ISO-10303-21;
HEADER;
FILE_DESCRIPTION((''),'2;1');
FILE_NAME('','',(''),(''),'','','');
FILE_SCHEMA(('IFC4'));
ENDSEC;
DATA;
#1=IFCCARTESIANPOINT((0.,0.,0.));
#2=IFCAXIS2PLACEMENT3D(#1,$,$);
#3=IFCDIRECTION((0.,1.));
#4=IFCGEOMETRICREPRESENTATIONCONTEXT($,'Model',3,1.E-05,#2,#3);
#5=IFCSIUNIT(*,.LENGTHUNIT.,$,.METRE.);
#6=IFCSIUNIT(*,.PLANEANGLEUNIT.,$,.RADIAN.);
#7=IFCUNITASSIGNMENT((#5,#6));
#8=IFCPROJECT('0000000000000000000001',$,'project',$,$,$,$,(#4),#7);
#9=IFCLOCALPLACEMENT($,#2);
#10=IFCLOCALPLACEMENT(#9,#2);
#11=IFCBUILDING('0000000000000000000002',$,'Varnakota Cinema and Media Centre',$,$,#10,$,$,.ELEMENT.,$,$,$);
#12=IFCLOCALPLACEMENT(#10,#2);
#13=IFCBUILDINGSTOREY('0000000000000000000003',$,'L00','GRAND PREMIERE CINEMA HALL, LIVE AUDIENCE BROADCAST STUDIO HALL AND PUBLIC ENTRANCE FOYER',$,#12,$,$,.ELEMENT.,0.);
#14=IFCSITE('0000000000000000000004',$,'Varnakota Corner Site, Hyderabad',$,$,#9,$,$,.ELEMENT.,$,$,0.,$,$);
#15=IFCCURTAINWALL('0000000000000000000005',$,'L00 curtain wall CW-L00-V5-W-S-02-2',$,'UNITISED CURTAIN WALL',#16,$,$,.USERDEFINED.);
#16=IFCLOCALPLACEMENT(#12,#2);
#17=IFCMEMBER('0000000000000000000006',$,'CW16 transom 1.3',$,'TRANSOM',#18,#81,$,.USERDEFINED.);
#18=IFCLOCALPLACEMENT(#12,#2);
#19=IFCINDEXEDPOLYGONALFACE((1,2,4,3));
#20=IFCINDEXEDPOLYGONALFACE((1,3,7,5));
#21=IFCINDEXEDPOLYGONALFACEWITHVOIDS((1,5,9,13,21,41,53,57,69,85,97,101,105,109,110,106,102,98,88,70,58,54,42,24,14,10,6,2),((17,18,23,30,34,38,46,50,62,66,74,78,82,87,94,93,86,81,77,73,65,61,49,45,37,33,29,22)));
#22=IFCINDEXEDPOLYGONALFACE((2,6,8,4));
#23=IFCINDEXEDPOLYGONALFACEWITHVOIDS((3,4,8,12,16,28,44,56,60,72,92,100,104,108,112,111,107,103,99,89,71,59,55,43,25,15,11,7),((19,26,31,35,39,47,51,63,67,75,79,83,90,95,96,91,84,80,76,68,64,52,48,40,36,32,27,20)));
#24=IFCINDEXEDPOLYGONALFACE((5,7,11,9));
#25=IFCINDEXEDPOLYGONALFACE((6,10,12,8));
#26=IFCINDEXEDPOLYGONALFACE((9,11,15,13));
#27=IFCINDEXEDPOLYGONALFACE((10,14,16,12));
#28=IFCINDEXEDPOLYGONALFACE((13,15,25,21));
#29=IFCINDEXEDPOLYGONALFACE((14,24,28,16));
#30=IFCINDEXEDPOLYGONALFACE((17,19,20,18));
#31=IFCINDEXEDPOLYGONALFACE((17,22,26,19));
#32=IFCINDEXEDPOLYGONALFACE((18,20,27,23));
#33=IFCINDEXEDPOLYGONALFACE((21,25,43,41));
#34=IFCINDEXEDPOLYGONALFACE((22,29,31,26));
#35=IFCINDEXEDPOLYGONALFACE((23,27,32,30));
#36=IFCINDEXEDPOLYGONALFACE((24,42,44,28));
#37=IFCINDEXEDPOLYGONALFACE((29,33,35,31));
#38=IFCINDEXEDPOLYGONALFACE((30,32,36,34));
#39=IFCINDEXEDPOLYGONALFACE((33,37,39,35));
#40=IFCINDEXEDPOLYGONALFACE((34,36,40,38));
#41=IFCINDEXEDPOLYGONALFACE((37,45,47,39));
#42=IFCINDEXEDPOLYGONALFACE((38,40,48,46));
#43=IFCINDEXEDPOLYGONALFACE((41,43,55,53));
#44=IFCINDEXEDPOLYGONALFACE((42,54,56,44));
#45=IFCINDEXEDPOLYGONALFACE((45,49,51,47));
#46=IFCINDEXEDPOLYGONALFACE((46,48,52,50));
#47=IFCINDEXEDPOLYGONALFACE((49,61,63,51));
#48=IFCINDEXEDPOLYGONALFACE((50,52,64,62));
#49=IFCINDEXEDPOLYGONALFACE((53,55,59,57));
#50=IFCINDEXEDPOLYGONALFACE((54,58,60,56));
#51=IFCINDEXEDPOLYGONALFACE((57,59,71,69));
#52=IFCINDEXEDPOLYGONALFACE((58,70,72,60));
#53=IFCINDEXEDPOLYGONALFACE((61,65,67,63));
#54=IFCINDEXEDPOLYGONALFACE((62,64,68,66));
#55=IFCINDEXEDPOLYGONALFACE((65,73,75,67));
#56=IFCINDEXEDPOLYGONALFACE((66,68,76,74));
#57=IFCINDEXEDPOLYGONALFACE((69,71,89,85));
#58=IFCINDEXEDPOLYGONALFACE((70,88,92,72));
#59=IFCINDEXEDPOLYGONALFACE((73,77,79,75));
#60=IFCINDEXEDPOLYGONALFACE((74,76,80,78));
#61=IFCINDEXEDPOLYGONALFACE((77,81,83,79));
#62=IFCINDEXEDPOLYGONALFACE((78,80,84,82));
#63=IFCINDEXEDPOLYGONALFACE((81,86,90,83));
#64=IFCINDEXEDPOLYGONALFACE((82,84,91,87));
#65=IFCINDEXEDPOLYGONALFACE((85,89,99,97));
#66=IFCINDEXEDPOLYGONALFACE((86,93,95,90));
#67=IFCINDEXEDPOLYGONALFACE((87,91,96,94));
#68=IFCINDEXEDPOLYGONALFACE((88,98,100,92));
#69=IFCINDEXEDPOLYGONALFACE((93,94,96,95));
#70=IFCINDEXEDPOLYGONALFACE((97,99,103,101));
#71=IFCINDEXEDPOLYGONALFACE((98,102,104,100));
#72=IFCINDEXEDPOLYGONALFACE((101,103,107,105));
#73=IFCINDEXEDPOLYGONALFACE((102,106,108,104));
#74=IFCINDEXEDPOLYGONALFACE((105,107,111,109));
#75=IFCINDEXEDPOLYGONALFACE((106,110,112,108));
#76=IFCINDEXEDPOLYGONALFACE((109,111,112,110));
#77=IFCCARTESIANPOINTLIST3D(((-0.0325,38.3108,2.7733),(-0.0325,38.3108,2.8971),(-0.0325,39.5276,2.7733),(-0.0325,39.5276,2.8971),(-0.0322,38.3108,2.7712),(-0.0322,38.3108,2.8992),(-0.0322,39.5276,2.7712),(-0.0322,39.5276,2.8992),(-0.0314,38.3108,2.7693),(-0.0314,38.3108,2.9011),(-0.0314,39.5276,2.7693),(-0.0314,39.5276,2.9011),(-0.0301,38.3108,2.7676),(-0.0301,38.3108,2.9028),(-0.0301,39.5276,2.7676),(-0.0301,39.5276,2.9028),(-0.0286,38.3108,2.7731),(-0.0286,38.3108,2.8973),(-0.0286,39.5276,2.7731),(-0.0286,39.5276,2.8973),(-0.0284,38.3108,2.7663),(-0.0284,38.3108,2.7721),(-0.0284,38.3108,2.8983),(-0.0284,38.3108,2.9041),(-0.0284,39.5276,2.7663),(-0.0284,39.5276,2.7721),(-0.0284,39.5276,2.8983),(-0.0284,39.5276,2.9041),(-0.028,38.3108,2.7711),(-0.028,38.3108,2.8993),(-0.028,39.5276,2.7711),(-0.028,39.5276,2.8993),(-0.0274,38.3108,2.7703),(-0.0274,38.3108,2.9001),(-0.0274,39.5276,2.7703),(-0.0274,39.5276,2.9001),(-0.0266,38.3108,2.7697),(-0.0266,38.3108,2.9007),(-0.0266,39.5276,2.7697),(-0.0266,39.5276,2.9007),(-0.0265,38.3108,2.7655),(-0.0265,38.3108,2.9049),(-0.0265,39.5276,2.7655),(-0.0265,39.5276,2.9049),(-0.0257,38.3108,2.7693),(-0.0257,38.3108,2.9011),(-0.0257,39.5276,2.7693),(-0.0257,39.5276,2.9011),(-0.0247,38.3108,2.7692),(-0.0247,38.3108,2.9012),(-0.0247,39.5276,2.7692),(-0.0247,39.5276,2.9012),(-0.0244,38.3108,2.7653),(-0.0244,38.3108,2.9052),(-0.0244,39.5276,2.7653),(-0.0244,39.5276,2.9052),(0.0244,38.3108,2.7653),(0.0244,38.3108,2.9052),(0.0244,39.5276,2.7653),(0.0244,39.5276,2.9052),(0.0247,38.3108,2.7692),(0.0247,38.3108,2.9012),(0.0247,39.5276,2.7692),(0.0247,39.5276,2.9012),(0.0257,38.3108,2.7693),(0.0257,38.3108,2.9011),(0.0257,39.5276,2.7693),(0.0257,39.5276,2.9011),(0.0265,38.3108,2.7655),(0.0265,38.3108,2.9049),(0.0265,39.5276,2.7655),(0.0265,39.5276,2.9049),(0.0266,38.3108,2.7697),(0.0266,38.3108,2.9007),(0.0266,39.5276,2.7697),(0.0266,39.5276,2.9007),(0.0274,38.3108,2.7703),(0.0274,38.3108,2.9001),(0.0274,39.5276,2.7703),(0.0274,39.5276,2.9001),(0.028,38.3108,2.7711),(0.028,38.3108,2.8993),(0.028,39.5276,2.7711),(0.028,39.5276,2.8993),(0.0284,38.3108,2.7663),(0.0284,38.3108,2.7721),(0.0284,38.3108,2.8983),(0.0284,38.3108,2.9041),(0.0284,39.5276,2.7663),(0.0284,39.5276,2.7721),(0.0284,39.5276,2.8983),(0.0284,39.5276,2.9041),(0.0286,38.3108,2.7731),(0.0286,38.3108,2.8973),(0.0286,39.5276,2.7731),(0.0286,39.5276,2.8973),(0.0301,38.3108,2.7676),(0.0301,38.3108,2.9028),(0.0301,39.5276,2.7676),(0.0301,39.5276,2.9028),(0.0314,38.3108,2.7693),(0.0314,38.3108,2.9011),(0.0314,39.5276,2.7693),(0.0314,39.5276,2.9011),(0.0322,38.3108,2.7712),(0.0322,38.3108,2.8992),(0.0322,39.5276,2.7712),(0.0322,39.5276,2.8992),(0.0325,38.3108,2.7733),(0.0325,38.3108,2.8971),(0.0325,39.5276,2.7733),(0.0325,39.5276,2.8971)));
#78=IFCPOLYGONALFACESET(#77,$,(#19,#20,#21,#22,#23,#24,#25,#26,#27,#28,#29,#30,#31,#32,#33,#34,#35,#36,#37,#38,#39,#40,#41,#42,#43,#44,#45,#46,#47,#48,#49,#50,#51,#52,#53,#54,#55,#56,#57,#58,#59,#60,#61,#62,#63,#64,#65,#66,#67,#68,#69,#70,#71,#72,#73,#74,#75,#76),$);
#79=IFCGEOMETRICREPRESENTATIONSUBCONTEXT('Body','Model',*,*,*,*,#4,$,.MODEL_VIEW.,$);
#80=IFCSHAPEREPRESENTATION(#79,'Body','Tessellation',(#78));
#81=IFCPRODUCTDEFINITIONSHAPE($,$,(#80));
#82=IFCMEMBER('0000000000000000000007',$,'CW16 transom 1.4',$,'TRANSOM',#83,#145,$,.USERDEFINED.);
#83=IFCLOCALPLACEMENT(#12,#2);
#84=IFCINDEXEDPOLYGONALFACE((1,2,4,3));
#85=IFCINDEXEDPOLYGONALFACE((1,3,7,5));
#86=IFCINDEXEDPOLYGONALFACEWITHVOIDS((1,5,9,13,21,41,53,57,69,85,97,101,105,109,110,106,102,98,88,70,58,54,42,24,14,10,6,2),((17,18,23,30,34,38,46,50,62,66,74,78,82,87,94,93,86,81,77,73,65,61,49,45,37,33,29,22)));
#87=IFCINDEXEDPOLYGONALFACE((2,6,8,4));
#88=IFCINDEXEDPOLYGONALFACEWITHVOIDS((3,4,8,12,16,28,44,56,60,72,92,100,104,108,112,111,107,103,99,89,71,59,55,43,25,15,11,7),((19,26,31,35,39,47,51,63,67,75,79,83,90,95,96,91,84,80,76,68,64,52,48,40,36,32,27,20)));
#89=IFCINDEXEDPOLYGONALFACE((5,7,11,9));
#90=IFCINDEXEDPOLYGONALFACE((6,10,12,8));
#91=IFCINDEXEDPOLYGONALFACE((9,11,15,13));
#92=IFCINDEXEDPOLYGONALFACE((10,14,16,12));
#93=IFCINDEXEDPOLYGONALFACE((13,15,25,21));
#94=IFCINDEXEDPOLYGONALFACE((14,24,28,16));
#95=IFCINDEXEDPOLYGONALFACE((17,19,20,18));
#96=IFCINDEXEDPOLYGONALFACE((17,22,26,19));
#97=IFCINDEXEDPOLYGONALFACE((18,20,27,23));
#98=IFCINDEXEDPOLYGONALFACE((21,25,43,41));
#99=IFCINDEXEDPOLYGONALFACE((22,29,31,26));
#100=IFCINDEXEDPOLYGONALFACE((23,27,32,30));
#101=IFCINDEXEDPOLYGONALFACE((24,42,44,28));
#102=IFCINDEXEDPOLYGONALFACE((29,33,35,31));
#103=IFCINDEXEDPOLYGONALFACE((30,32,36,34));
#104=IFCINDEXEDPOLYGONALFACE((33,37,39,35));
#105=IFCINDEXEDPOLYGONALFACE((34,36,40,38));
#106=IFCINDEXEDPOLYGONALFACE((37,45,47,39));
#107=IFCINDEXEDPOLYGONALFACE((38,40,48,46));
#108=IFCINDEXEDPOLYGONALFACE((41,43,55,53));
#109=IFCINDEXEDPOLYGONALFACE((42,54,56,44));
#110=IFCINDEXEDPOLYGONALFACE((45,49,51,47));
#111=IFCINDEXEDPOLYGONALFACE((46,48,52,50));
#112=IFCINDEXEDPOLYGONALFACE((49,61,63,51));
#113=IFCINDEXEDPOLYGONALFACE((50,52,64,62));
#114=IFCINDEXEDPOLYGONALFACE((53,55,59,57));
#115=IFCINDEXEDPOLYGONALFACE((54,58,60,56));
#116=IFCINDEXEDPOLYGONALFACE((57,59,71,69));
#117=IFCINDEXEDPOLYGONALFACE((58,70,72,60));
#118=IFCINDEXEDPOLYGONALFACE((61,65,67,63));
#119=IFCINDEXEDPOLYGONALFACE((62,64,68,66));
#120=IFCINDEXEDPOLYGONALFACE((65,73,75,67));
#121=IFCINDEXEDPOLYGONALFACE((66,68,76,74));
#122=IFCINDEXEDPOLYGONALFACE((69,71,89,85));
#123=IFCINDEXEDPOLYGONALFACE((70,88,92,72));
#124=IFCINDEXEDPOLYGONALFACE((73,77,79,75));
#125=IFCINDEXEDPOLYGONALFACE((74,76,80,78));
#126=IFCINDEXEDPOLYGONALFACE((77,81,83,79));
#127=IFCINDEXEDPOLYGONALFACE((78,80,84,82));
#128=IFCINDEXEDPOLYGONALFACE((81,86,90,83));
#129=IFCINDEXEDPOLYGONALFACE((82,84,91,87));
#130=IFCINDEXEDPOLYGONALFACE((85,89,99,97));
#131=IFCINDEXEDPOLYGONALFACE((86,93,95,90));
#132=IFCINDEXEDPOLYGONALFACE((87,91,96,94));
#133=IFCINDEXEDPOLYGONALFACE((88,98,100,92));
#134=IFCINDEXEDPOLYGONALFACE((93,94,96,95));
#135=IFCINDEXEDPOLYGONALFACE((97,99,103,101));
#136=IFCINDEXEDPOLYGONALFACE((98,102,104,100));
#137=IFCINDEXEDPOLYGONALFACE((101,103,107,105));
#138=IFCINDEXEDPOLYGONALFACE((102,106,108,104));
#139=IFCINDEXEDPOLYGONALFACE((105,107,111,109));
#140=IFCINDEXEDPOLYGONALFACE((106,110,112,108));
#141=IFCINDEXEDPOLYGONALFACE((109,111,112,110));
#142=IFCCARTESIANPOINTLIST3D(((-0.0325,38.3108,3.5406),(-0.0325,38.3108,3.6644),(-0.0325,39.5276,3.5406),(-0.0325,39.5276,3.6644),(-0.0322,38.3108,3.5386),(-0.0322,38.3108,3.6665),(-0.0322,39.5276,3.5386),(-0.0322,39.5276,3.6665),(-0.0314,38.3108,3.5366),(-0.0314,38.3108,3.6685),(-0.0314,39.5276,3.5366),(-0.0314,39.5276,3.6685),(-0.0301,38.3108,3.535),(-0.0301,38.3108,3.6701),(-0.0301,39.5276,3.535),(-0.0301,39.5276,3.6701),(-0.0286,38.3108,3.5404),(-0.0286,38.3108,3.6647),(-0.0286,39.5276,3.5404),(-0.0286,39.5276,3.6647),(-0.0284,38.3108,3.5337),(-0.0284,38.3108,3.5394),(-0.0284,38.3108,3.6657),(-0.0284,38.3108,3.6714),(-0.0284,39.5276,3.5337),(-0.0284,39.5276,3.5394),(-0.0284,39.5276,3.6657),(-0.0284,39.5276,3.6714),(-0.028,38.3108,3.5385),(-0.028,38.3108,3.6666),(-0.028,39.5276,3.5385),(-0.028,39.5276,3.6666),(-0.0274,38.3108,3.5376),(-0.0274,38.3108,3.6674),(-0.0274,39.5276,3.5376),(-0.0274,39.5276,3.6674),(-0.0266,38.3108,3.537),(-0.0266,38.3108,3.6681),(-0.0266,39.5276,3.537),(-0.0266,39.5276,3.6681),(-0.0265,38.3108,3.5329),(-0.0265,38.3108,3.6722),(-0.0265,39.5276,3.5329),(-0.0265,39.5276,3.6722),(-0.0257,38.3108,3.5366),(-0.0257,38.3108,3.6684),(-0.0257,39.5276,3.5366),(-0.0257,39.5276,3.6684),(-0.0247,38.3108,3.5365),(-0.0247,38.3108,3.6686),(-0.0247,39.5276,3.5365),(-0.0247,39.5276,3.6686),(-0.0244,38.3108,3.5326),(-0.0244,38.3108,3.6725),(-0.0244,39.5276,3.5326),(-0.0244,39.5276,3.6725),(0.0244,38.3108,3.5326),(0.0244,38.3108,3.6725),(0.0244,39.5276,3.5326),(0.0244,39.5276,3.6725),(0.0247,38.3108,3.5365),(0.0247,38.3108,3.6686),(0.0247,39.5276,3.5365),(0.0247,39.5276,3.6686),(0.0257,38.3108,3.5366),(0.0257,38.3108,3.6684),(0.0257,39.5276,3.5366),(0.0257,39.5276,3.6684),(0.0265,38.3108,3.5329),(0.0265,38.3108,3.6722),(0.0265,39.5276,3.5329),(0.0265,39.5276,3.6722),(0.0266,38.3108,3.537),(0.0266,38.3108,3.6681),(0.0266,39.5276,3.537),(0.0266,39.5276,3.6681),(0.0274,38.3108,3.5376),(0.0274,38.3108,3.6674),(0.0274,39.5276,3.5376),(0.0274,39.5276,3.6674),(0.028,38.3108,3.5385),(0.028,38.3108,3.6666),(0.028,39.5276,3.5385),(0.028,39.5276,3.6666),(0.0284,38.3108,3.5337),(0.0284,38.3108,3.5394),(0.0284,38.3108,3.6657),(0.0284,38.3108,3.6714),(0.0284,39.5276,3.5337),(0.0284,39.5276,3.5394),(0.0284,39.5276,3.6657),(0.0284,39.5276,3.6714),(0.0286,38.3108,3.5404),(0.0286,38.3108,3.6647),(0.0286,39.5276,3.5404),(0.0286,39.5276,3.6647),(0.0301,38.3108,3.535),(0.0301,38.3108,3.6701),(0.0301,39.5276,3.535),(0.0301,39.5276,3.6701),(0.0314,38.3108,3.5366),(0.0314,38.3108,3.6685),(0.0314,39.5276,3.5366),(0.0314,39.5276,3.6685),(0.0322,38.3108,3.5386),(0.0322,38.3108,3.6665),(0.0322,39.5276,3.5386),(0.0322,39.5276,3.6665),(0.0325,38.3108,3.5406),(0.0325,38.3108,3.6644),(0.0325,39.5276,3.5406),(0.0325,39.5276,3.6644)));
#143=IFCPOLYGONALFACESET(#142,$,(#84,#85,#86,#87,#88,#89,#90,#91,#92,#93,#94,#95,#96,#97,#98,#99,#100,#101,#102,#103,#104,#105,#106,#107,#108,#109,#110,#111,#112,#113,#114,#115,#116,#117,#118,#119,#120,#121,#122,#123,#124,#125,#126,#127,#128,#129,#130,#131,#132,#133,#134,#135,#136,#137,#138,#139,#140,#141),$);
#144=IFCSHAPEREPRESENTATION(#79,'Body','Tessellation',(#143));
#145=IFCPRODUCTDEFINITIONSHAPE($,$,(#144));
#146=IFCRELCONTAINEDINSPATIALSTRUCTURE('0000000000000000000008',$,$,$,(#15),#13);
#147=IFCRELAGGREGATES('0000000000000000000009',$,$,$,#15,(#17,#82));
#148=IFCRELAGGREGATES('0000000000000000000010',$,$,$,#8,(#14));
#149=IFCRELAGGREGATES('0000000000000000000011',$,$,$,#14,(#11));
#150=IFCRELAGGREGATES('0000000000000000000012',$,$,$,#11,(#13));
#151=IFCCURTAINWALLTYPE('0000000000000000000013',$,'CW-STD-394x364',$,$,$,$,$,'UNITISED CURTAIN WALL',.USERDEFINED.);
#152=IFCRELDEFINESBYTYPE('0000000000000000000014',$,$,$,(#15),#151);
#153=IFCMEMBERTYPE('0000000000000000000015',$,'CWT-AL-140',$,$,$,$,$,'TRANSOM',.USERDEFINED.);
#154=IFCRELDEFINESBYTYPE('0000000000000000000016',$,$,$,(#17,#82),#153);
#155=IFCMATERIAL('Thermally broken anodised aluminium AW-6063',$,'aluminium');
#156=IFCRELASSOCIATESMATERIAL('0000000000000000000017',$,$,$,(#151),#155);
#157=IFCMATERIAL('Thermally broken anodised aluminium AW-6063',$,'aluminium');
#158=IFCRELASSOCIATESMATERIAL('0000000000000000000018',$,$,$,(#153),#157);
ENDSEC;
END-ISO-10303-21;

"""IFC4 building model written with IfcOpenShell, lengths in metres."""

from ifc_helpers import new_model, si_unit, direction, frame, origin, origin_2d, place, context, subcontext, project, spatial, hollow_rectangle, extrude, material, material_profile, profile_set, type_object, element, aggregate, save


model = new_model("IFC4")

# Units and contexts
model_context = context("Model", 3, precision=1e-05, world=origin(), true_north=direction((0.0, 1.0)))
body_context = subcontext(model_context, "Body", "Model", "MODEL_VIEW")
ifc_project = project(units=[si_unit("LENGTHUNIT", "METRE"), si_unit("PLANEANGLEUNIT", "RADIAN")], contexts=[model_context])

# Site, building, storey
site_placement = place(None, origin())
site = spatial("IfcSite", under=ifc_project, at=site_placement, Name="Varnakota Corner Site, Hyderabad", CompositionType="ELEMENT", RefElevation=0.0)
building_placement = place(site_placement, origin())
building = spatial("IfcBuilding", under=site, at=building_placement, Name="Varnakota Cinema and Media Centre", CompositionType="ELEMENT")
storey_placement = place(building_placement, origin())
storey = spatial("IfcBuildingStorey", under=building, at=storey_placement, Name="L00", Description="GRAND PREMIERE CINEMA HALL, LIVE AUDIENCE BROADCAST STUDIO HALL AND PUBLIC ENTRANCE FOYER", CompositionType="ELEMENT", Elevation=0.0)

# Shared definitions
ifc_material_1 = material(Name="Thermally broken anodised aluminium AW-6063", Category="aluminium")
curtain_wall_type = type_object("IfcCurtainWallType", Name="CW-STD-394x364", ElementType="UNITISED CURTAIN WALL", PredefinedType="USERDEFINED", material=ifc_material_1)

# Curtain wall
curtain_wall_1_placement = place(storey_placement, origin())
curtain_wall_1 = element("IfcCurtainWall", 1, at=curtain_wall_1_placement, inside=storey, type_object=curtain_wall_type, Name="L00 curtain wall CW-L00-V5-W-S-02-2", ObjectType="UNITISED CURTAIN WALL", PredefinedType="USERDEFINED")

# Members
ifc_material_2 = material(Name="Thermally broken anodised aluminium AW-6063", Category="aluminium")
ifc_material_profile_1 = material_profile(ifc_material_2, hollow_rectangle(XDim=0.0649, YDim=0.1399, WallThickness=0.0039, InnerFilletRadius=0.0039, OuterFilletRadius=0.0081, at=origin_2d()), Name="AL-TRANSOM 140x65x4")
ifc_profile_set_1 = profile_set([ifc_material_profile_1], Name="Thermally broken anodised aluminium AW-6063")
member_type_1 = type_object("IfcMemberType", Name="CWT-AL-140", ElementType="TRANSOM", PredefinedType="USERDEFINED", material=ifc_profile_set_1)
member_1_placement = place(storey_placement, frame((0.0, 39.5276, 2.8352), z_axis=(0.0, -1.0, 0.0), x_axis=(1.0, 0.0, 0.0)))
member_1 = element("IfcMember", 2, at=member_1_placement, type_object=member_type_1, Name="CW16 transom 1.3", ObjectType="TRANSOM", PredefinedType="USERDEFINED", context=body_context, shape_type="SweptSolid", body=[
    extrude(hollow_rectangle(XDim=0.0649, YDim=0.1399, WallThickness=0.0039, InnerFilletRadius=0.0039, OuterFilletRadius=0.0081, at=origin_2d()), origin(), (0.0, 0.0, 1.0), 1.2168),
])
member_2_placement = place(storey_placement, frame((0.0, 39.5276, 3.6025), z_axis=(0.0, -1.0, 0.0), x_axis=(1.0, 0.0, 0.0)))
member_2 = element("IfcMember", 3, at=member_2_placement, type_object=member_type_1, Name="CW16 transom 1.4", ObjectType="TRANSOM", PredefinedType="USERDEFINED", context=body_context, shape_type="SweptSolid", body=[
    extrude(hollow_rectangle(XDim=0.0649, YDim=0.1399, WallThickness=0.0039, InnerFilletRadius=0.0039, OuterFilletRadius=0.0081, at=origin_2d()), origin(), (0.0, 0.0, 1.0), 1.2168),
])

aggregate(curtain_wall_1, [member_1, member_2])

save(model, "model.ifc")
